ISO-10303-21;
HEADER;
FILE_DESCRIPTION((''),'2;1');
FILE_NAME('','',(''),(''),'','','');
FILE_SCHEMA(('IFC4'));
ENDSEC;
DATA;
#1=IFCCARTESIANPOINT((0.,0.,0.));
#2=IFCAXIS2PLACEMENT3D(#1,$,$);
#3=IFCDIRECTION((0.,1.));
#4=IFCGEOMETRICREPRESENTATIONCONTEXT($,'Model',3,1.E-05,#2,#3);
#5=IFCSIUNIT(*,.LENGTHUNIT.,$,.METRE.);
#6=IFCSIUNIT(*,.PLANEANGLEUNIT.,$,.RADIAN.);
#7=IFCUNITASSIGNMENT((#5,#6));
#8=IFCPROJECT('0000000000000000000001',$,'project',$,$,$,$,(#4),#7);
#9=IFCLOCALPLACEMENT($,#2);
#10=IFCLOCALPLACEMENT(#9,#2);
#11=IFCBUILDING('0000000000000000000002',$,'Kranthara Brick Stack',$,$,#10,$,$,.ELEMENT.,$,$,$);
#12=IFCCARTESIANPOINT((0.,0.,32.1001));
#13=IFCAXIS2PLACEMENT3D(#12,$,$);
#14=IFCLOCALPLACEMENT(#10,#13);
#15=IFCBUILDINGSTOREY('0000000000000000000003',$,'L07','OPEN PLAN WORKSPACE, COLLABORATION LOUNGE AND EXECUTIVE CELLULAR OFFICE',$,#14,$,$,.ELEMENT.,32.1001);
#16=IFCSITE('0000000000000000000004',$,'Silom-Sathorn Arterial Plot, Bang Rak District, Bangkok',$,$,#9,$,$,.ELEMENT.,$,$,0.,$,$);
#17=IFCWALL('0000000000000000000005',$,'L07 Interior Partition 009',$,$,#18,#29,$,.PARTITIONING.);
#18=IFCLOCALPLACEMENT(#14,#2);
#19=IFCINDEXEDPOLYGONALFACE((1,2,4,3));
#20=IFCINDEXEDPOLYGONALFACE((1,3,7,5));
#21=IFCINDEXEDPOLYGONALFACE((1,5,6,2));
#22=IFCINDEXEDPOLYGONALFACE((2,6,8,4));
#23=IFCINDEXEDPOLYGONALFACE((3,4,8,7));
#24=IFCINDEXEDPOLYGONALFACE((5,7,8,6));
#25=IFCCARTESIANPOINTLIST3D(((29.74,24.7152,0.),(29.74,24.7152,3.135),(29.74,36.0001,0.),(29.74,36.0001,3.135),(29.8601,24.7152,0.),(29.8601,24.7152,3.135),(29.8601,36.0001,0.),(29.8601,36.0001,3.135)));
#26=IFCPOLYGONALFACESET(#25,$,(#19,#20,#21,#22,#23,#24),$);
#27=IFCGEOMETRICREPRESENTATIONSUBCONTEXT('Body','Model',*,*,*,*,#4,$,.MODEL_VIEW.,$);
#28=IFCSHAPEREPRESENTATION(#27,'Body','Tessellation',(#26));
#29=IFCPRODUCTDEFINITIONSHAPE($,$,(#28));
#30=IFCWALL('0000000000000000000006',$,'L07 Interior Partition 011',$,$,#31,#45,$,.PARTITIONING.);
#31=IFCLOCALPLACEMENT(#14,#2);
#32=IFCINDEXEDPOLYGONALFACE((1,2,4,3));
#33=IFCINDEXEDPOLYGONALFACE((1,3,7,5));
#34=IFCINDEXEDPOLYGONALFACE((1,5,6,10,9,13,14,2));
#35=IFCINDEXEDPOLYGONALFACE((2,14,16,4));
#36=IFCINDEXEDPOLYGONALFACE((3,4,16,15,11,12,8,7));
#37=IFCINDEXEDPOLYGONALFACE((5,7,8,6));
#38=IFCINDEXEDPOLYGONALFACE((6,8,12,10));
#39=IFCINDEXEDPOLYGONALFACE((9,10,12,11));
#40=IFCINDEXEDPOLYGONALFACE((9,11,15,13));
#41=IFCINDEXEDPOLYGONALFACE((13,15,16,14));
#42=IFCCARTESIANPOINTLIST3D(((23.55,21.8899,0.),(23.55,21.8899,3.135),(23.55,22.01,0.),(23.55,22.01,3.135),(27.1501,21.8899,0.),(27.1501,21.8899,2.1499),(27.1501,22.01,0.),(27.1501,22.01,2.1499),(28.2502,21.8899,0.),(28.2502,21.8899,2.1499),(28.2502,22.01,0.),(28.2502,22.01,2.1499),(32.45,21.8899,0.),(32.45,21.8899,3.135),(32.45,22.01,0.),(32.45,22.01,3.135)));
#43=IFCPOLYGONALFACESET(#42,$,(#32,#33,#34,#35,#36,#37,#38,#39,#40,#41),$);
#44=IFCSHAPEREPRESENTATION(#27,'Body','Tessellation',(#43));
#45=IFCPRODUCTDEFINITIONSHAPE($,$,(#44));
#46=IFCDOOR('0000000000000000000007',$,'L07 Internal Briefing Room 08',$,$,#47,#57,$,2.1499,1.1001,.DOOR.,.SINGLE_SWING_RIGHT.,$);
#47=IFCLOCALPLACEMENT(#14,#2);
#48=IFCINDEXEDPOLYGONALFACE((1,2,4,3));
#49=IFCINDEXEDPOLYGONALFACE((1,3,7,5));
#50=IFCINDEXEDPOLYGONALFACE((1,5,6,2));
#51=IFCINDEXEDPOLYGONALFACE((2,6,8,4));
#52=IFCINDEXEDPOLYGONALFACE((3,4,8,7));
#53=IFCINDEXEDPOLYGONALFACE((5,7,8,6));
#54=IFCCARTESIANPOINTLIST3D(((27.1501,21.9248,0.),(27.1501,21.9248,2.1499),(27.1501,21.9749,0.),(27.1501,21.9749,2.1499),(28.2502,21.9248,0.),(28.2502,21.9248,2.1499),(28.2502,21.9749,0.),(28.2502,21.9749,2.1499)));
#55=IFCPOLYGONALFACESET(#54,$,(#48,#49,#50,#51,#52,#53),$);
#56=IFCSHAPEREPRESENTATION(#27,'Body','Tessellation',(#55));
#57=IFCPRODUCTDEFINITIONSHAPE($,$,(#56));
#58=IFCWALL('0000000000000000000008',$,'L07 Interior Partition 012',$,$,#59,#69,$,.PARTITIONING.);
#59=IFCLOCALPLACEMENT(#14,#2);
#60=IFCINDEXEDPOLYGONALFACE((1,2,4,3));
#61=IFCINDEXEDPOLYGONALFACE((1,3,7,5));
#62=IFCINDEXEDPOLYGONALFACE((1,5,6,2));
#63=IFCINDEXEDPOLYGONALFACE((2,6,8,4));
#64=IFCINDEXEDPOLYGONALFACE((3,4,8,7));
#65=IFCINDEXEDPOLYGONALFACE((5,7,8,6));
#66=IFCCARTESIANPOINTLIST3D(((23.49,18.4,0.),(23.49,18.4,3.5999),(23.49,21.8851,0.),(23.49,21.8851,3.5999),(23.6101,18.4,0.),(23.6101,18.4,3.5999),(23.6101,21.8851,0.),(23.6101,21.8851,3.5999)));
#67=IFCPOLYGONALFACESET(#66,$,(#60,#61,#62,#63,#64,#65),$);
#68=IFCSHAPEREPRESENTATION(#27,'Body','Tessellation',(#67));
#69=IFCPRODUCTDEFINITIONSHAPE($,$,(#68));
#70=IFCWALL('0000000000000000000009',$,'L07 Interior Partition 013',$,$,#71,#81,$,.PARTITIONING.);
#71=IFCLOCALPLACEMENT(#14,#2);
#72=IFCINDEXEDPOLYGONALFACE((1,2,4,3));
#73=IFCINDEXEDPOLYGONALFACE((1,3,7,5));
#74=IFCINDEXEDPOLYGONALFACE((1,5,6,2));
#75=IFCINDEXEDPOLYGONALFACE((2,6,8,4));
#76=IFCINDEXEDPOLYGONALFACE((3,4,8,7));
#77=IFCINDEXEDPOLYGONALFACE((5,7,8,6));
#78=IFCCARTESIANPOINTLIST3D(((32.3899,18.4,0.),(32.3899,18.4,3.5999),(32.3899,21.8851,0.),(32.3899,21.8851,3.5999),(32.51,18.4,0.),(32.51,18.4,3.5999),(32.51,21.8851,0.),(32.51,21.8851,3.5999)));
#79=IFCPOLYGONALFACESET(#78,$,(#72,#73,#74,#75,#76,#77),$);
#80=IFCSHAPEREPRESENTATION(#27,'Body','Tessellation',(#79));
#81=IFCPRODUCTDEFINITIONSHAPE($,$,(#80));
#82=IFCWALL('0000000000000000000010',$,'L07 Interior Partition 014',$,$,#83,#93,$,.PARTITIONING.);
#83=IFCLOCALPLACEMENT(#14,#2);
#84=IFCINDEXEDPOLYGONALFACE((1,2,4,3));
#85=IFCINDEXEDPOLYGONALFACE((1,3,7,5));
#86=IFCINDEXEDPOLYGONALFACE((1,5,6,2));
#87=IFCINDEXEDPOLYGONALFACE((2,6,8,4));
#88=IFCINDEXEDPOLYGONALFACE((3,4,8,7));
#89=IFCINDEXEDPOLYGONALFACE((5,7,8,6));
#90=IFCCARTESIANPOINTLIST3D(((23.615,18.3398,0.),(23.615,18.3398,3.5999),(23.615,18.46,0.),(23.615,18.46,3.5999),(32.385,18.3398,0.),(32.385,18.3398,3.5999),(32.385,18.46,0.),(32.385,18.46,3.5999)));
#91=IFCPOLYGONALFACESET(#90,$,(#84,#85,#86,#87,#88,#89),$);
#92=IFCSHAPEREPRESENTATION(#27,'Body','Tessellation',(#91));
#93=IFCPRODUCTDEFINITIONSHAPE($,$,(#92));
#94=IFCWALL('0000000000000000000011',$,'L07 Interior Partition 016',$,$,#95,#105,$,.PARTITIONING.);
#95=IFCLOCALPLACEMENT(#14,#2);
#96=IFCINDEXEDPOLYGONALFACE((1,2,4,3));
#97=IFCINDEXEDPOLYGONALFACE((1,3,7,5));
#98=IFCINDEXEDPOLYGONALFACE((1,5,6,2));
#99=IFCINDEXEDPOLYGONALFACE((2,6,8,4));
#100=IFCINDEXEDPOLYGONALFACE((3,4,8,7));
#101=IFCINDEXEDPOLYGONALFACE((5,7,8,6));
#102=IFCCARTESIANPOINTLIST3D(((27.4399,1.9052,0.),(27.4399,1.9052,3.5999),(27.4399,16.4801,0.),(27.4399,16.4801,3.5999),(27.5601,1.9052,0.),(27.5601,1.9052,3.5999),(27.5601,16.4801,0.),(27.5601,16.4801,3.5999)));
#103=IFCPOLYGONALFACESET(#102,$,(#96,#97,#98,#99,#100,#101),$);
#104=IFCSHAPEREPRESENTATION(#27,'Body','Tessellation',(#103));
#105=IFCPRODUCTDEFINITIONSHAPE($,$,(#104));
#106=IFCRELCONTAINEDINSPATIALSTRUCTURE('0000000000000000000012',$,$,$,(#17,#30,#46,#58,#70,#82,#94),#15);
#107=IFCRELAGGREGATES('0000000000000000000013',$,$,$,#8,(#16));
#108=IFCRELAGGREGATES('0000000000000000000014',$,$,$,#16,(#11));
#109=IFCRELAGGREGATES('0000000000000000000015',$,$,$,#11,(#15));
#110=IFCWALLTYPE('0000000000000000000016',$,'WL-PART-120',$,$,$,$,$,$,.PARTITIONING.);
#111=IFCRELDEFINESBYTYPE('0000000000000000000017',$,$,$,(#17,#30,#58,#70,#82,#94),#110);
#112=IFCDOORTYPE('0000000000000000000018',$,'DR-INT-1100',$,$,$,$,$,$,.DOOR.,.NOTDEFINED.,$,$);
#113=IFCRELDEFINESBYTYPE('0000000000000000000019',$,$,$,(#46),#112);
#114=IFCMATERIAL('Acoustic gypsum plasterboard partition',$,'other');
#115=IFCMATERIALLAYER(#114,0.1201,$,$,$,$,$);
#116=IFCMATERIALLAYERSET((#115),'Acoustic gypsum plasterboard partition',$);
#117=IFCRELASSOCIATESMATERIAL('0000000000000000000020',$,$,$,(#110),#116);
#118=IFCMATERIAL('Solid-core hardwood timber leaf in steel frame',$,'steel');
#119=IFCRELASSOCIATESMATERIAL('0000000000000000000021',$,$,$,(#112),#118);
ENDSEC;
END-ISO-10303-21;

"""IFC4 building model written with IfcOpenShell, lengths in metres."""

from ifc_helpers import new_model, si_unit, direction, frame, frame_2d, origin, place, context, subcontext, project, spatial, rectangle, extrude, material, layer, layer_set, type_object, element, fill, save


model = new_model("IFC4")

# Units and contexts
model_context = context("Model", 3, precision=1e-05, world=origin(), true_north=direction((0.0, 1.0)))
body_context = subcontext(model_context, "Body", "Model", "MODEL_VIEW")
ifc_project = project(units=[si_unit("LENGTHUNIT", "METRE"), si_unit("PLANEANGLEUNIT", "RADIAN")], contexts=[model_context])

# Site, building, storey
site_placement = place(None, origin())
site = spatial("IfcSite", under=ifc_project, at=site_placement, Name="Silom-Sathorn Arterial Plot, Bang Rak District, Bangkok", CompositionType="ELEMENT", RefElevation=0.0)
building_placement = place(site_placement, origin())
building = spatial("IfcBuilding", under=site, at=building_placement, Name="Kranthara Brick Stack", CompositionType="ELEMENT")
storey_placement = place(building_placement, frame((0.0, 0.0, 32.1001)))
storey = spatial("IfcBuildingStorey", under=building, at=storey_placement, Name="L07", Description="OPEN PLAN WORKSPACE, COLLABORATION LOUNGE AND EXECUTIVE CELLULAR OFFICE", CompositionType="ELEMENT", Elevation=32.1001)

# Shared definitions
ifc_material_1 = material(Name="Acoustic gypsum plasterboard partition", Category="other")
ifc_layer = layer(ifc_material_1, 0.1201)
ifc_layer_set = layer_set([ifc_layer], Name="Acoustic gypsum plasterboard partition")
wall_type = type_object("IfcWallType", Name="WL-PART-120", PredefinedType="PARTITIONING", material=ifc_layer_set)

# Wall
wall_1_placement = place(storey_placement, frame((29.8, 24.7151, 0.0), z_axis=(0.0, 0.0, 1.0), x_axis=(0.0, 1.0, 0.0)))
element("IfcWall", 1, at=wall_1_placement, inside=storey, type_object=wall_type, Name="L07 Interior Partition 009", PredefinedType="PARTITIONING", context=body_context, shape_type="SweptSolid", body=[
    extrude(rectangle(XDim=11.2849, YDim=0.1201, at=frame_2d((5.6426, 0.0))), origin(), (0.0, 0.0, 1.0), 3.135),
])

# Wall, opening, door
wall_2_placement = place(storey_placement, frame((23.55, 21.95, 0.0), z_axis=(0.0, 0.0, 1.0), x_axis=(1.0, 0.0, 0.0)))
wall_2 = element("IfcWall", 2, at=wall_2_placement, inside=storey, type_object=wall_type, Name="L07 Interior Partition 011", PredefinedType="PARTITIONING", context=body_context, shape_type="SweptSolid", body=[
    extrude(rectangle(XDim=8.8999, YDim=0.1201, at=frame_2d((4.45, 0.0))), origin(), (0.0, 0.0, 1.0), 3.135),
])
opening_1_placement = place(wall_2_placement, frame((3.6001, 0.0, 0.0)))
opening_1 = element("IfcOpeningElement", 3, at=opening_1_placement, cuts=wall_2, PredefinedType="OPENING", context=body_context, shape_type="SweptSolid", body=[
    extrude(rectangle(XDim=1.1001, YDim=2.1499, at=frame_2d((0.55, 1.075))), frame((0.0, 0.0701, 0.0), z_axis=(0.0, -1.0, 0.0), x_axis=(1.0, 0.0, 0.0)), (0.0, 0.0, 1.0), 0.1401),
])
ifc_material_2 = material(Name="Solid-core hardwood timber leaf in steel frame", Category="steel")
door_type_1 = type_object("IfcDoorType", Name="DR-INT-1100", OperationType="NOTDEFINED", PredefinedType="DOOR", material=ifc_material_2)
door_1_placement = place(opening_1_placement, origin())
door_1 = element("IfcDoor", 4, at=door_1_placement, inside=storey, type_object=door_type_1, Name="L07 Internal Briefing Room 08", OperationType="SINGLE_SWING_RIGHT", OverallHeight=2.1499, OverallWidth=1.1001, PredefinedType="DOOR", context=body_context, shape_type="SweptSolid", body=[
    extrude(rectangle(XDim=1.1001, YDim=2.1499, at=frame_2d((0.55, 1.075))), frame((0.0, 0.0249, 0.0), z_axis=(0.0, -1.0, 0.0), x_axis=(1.0, 0.0, 0.0)), (0.0, 0.0, 1.0), 0.05),
])
fill(opening_1, door_1)

# Walls
for number, where, z_axis, x_axis, name in (
    (5, (23.55, 18.3999, 0.0), (0.0, 0.0, 1.0), (0.0, 1.0, 0.0), "L07 Interior Partition 012"),
    (6, (32.45, 18.3999, 0.0), (0.0, 0.0, 1.0), (0.0, 1.0, 0.0), "L07 Interior Partition 013"),
):
    element("IfcWall", number, at=place(storey_placement, frame(where, z_axis=z_axis, x_axis=x_axis)), inside=storey, type_object=wall_type, Name=name, PredefinedType="PARTITIONING", context=body_context, shape_type="SweptSolid", body=[
        extrude(rectangle(XDim=3.4851, YDim=0.1201, at=frame_2d((1.7427, 0.0))), origin(), (0.0, 0.0, 1.0), 3.5999),
    ])
wall_3_placement = place(storey_placement, frame((23.615, 18.3999, 0.0), z_axis=(0.0, 0.0, 1.0), x_axis=(1.0, 0.0, 0.0)))
element("IfcWall", 7, at=wall_3_placement, inside=storey, type_object=wall_type, Name="L07 Interior Partition 014", PredefinedType="PARTITIONING", context=body_context, shape_type="SweptSolid", body=[
    extrude(rectangle(XDim=8.77, YDim=0.1201, at=frame_2d((4.385, 0.0))), origin(), (0.0, 0.0, 1.0), 3.5999),
])
wall_4_placement = place(storey_placement, frame((27.5, 1.905, 0.0), z_axis=(0.0, 0.0, 1.0), x_axis=(0.0, 1.0, 0.0)))
element("IfcWall", 8, at=wall_4_placement, inside=storey, type_object=wall_type, Name="L07 Interior Partition 016", PredefinedType="PARTITIONING", context=body_context, shape_type="SweptSolid", body=[
    extrude(rectangle(XDim=14.575, YDim=0.1201, at=frame_2d((7.2876, 0.0))), origin(), (0.0, 0.0, 1.0), 3.5999),
])

save(model, "model.ifc")
